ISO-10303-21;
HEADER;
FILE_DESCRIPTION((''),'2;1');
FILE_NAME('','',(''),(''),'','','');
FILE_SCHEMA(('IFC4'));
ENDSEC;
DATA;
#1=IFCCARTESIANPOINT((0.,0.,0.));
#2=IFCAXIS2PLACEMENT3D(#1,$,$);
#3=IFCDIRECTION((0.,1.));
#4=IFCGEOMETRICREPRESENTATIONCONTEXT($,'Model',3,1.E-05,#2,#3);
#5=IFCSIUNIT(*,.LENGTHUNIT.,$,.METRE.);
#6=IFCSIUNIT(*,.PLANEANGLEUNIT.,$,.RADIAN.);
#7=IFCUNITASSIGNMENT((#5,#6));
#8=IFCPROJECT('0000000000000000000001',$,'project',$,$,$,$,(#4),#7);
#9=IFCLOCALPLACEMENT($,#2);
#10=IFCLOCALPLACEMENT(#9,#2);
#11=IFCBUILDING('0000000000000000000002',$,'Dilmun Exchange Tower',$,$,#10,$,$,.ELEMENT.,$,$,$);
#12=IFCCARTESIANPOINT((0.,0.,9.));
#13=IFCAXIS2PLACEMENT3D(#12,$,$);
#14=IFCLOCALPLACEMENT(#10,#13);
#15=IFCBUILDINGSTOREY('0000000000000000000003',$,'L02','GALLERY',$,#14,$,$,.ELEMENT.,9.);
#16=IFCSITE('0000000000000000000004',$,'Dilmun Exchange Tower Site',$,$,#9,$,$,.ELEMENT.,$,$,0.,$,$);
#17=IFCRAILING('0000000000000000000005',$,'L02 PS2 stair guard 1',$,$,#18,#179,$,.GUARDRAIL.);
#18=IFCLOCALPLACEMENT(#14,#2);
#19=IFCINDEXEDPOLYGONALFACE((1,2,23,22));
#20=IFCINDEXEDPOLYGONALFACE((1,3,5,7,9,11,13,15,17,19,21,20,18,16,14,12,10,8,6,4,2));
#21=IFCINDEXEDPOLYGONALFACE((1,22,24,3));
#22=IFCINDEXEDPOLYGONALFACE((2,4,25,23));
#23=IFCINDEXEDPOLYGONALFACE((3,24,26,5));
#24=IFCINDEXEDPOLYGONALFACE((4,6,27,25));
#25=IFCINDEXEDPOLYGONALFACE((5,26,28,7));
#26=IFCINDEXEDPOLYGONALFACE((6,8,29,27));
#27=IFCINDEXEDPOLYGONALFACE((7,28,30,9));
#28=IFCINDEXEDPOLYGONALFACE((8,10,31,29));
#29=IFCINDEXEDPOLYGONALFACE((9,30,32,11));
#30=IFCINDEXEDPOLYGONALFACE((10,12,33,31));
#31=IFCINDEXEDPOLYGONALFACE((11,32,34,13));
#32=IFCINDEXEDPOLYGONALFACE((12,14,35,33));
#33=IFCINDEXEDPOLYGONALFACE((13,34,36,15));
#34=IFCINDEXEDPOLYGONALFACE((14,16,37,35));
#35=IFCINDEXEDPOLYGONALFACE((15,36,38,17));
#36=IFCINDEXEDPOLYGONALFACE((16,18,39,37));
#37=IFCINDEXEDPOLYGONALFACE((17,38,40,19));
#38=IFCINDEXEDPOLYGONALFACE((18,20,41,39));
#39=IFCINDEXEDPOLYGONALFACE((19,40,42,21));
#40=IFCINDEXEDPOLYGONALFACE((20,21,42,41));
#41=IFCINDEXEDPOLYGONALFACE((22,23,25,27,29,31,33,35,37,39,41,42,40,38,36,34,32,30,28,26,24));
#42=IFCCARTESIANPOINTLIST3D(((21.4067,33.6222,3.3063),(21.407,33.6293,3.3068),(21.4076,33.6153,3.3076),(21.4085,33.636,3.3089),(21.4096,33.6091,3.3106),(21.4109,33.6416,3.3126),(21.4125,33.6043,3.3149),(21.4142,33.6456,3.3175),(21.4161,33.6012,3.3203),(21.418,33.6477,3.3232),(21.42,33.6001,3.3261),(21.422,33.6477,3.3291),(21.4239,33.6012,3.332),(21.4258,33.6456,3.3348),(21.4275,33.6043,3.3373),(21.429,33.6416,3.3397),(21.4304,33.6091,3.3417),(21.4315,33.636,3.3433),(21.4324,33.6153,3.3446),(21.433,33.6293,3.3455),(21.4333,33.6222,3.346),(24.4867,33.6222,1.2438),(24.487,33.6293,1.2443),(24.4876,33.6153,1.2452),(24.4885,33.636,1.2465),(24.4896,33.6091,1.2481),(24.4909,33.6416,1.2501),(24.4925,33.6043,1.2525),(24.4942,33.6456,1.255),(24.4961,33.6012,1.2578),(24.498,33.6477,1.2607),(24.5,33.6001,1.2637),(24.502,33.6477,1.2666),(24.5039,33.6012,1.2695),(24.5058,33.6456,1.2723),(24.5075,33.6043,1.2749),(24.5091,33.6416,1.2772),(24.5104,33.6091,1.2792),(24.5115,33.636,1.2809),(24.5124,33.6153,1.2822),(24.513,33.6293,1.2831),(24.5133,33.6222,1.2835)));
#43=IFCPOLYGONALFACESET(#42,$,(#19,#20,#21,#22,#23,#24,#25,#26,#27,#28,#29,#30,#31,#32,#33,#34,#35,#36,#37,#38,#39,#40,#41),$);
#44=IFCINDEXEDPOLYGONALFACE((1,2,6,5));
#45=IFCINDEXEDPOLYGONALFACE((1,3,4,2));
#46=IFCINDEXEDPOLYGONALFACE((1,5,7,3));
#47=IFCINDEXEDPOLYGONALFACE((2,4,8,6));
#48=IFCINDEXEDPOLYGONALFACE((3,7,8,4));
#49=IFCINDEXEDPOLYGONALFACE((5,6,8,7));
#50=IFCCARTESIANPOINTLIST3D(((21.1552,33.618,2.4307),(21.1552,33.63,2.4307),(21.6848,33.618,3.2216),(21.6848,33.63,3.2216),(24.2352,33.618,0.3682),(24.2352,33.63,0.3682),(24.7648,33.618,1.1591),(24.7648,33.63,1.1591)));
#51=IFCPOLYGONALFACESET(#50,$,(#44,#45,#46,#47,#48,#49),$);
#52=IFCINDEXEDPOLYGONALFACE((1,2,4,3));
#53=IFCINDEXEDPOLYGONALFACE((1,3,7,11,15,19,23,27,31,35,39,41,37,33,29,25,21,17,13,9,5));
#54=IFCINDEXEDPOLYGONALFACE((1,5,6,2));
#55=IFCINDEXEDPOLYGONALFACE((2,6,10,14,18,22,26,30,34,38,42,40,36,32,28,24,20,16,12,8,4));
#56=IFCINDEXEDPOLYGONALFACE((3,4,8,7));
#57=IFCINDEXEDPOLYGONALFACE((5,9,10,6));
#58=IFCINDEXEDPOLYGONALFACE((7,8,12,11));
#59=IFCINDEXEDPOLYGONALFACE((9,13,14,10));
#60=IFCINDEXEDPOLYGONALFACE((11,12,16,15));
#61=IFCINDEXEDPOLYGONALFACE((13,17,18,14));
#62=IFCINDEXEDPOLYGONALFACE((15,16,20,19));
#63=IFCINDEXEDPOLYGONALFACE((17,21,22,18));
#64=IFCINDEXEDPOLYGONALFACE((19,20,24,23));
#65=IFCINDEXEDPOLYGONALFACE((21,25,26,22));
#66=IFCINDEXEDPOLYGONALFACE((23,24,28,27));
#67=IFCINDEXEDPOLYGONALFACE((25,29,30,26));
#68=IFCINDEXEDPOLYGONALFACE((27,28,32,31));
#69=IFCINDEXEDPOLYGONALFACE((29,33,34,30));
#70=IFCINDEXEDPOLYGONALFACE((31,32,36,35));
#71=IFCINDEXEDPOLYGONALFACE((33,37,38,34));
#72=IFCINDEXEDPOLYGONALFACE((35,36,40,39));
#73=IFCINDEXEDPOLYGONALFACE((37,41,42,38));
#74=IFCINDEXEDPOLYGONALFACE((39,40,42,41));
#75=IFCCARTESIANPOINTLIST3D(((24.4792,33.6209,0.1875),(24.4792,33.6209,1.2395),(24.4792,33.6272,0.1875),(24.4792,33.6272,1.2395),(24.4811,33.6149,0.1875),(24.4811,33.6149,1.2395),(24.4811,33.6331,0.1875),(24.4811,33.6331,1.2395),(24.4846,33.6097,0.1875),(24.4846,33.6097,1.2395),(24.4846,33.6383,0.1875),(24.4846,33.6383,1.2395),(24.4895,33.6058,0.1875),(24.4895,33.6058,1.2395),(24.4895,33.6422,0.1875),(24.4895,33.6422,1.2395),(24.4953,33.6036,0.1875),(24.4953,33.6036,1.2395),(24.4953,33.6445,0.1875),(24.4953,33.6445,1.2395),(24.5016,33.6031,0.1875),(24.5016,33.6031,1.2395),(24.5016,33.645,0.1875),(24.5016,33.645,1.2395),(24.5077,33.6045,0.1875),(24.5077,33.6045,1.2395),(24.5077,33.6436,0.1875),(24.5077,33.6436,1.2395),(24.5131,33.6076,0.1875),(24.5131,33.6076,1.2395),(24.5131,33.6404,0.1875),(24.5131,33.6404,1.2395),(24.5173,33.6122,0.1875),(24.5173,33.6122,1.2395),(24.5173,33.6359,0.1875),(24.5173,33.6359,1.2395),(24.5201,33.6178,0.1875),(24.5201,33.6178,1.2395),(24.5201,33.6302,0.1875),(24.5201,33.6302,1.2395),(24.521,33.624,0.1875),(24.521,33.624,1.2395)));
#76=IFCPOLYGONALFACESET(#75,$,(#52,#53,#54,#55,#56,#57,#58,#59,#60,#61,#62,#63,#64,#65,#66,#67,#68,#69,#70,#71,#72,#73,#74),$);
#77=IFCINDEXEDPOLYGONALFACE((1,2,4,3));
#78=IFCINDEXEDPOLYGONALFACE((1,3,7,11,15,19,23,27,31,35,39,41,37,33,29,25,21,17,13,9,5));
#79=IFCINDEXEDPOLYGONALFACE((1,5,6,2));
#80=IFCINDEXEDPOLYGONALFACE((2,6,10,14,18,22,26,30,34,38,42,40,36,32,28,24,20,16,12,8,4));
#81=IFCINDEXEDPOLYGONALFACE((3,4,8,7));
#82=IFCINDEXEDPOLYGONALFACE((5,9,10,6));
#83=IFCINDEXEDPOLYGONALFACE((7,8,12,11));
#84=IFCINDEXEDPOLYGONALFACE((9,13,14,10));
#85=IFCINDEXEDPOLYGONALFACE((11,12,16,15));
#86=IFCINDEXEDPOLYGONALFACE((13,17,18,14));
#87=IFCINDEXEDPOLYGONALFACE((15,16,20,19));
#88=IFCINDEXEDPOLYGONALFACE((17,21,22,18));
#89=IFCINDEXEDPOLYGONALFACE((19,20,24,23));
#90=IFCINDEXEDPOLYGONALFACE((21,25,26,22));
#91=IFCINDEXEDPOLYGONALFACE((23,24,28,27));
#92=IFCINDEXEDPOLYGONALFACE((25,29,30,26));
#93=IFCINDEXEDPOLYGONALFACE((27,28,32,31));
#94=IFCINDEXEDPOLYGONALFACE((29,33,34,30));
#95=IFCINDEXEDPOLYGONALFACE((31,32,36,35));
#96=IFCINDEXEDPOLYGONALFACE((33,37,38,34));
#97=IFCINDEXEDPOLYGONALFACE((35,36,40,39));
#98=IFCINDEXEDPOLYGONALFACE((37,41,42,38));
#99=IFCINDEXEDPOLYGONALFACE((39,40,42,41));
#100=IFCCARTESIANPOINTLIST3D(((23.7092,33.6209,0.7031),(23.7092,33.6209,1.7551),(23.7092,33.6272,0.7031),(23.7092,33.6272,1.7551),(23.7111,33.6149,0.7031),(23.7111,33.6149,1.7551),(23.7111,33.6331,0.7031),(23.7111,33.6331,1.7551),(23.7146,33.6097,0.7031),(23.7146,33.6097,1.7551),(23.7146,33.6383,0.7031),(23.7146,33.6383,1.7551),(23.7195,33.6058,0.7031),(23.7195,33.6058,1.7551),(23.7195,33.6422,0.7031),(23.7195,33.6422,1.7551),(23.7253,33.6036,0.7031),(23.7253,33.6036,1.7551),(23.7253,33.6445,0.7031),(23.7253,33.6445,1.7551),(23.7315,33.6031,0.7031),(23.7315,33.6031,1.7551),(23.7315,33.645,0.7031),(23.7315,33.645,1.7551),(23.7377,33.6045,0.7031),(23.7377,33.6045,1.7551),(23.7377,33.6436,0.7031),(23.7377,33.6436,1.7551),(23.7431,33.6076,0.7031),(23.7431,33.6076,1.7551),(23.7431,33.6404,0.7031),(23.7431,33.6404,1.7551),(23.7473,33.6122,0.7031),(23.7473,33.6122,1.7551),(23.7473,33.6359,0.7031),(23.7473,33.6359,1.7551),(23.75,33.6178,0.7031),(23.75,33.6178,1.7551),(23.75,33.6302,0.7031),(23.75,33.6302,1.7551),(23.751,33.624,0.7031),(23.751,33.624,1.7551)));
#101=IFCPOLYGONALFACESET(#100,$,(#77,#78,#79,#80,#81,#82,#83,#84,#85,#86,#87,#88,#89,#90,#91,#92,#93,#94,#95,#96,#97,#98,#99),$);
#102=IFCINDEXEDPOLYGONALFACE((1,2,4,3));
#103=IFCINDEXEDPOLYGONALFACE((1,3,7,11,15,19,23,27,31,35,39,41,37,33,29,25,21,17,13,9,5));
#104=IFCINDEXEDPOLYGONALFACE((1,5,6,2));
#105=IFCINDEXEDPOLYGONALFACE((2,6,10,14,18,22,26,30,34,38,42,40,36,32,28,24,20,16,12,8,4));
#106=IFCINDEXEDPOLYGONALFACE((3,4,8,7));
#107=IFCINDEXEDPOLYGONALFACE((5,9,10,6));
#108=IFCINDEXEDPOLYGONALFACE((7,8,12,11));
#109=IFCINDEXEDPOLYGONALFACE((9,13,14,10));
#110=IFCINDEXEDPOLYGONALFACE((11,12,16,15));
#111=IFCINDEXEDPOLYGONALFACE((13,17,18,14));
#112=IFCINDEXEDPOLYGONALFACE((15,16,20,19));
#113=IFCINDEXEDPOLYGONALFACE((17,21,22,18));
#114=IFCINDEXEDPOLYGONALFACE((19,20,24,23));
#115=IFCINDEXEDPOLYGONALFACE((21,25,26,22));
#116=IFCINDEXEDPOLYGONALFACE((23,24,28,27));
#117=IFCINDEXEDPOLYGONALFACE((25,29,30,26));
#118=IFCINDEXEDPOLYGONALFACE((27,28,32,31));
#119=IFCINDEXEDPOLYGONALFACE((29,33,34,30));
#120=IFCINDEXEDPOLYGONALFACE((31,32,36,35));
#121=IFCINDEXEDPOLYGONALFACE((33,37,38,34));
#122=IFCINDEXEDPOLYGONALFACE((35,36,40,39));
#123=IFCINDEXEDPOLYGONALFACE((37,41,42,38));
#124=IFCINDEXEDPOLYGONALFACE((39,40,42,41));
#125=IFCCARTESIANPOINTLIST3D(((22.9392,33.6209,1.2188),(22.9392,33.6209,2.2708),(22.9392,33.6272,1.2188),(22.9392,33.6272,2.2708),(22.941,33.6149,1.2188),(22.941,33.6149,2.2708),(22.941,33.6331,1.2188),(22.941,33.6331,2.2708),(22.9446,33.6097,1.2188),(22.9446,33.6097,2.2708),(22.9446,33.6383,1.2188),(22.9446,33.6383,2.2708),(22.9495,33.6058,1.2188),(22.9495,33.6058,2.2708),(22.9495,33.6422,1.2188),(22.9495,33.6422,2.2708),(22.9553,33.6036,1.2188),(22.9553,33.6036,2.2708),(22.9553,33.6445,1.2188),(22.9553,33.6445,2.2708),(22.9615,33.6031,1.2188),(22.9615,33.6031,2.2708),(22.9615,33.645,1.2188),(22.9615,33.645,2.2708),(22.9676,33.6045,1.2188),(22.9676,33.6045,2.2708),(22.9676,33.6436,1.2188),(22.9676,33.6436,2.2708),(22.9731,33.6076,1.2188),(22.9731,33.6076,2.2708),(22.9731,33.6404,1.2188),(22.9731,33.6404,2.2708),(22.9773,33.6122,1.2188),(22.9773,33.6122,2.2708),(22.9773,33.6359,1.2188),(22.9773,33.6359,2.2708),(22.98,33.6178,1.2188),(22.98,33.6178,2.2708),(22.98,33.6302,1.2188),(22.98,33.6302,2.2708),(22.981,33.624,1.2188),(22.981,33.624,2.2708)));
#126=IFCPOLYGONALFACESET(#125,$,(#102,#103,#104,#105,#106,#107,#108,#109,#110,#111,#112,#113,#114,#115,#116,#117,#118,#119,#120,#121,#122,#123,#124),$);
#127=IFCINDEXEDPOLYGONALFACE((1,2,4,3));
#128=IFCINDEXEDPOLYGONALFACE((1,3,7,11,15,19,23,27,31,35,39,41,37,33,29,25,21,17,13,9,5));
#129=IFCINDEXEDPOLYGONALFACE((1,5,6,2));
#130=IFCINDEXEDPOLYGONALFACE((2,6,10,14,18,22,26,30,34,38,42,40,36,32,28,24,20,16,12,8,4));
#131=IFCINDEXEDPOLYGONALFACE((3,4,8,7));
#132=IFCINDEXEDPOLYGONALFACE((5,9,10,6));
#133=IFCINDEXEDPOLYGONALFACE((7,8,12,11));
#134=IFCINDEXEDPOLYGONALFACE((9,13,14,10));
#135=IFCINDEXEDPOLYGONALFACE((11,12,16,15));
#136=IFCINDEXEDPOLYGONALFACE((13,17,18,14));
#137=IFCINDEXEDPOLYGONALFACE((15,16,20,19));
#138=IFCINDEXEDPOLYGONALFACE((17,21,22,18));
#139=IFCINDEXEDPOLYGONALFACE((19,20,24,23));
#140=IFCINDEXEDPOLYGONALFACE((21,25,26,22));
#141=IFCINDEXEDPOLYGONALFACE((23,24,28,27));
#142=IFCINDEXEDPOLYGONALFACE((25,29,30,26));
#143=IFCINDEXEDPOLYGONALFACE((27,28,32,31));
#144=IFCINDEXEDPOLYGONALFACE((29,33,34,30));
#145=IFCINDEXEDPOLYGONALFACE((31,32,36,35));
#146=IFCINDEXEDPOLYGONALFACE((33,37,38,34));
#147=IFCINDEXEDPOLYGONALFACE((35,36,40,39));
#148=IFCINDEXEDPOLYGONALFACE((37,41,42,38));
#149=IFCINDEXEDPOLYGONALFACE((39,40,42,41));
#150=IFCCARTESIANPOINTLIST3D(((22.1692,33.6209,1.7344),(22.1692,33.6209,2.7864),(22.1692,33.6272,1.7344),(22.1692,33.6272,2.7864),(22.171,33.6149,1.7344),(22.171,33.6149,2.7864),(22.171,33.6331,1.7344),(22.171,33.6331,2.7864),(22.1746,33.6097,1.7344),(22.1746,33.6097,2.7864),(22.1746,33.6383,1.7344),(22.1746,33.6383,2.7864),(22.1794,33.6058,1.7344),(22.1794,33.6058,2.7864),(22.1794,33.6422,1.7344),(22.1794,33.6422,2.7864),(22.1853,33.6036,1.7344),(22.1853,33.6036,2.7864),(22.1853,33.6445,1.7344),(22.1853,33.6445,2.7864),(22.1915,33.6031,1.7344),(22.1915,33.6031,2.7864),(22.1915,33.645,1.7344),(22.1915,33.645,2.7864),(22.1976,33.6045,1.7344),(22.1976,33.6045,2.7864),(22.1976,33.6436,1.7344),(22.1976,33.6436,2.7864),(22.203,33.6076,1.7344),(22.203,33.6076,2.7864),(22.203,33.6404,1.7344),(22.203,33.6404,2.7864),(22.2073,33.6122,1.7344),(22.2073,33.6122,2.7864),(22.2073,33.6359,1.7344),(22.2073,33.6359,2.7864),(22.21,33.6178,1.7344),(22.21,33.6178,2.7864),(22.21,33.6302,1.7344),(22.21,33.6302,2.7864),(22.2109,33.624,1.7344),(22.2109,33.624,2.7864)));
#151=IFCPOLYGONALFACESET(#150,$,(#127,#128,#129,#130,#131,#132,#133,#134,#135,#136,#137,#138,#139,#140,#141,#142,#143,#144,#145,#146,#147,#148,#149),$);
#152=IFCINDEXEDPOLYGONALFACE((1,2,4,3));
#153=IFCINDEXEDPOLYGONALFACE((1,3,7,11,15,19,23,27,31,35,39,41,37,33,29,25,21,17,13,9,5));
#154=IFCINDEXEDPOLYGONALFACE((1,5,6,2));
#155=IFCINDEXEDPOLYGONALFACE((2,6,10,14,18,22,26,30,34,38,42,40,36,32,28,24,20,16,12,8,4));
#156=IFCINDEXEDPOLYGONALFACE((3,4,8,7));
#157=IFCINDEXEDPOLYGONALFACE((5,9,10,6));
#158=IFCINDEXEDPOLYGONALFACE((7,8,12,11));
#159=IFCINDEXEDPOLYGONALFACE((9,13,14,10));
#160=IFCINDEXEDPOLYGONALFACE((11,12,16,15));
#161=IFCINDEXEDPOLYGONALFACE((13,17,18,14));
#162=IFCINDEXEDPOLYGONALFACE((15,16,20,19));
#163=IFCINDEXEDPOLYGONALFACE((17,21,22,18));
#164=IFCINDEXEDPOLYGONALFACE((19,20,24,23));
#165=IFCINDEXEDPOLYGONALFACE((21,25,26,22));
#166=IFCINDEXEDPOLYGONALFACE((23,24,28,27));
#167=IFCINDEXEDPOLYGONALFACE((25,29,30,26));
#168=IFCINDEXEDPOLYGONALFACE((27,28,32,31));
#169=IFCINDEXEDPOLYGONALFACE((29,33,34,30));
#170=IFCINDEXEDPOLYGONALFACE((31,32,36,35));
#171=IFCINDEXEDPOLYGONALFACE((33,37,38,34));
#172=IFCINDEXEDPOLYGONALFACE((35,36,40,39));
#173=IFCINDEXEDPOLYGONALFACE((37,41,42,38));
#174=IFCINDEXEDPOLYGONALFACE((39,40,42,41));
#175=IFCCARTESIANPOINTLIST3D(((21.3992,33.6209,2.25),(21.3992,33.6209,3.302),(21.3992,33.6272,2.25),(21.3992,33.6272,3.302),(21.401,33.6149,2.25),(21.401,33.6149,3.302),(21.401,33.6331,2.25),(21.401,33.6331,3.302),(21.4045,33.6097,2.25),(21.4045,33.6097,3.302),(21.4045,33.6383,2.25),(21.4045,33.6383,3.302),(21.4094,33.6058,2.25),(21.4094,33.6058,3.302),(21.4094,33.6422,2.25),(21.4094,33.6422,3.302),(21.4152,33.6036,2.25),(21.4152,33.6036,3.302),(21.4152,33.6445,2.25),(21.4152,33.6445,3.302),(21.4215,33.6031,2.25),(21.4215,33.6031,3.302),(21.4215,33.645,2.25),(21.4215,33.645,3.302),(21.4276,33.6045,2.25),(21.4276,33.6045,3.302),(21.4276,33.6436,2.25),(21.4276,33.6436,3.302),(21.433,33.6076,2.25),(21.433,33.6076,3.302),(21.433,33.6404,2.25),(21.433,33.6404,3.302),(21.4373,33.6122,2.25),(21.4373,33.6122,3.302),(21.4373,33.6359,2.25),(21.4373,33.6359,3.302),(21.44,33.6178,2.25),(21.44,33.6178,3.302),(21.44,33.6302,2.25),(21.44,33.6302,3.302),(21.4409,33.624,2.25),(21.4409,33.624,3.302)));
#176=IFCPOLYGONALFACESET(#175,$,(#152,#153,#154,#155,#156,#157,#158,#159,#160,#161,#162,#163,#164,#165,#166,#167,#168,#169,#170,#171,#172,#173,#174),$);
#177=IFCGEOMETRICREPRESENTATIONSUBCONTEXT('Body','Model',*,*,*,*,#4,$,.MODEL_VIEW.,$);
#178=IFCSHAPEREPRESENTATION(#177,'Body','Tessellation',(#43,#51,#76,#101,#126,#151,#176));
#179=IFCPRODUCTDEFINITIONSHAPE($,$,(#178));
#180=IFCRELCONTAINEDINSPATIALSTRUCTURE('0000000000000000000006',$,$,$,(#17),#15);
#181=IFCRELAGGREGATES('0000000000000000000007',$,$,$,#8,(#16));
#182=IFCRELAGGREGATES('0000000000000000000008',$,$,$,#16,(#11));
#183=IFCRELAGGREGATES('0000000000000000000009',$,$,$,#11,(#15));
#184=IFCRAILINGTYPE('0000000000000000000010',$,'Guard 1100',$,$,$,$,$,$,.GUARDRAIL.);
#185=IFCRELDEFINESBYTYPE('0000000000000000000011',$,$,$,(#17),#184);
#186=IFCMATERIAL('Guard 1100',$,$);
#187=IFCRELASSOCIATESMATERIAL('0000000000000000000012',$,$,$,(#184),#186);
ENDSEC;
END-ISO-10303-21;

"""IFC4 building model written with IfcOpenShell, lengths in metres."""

from ifc_helpers import new_model, si_unit, direction, frame, origin, origin_2d, place, context, subcontext, project, spatial, rectangle, circle, extrude, material, type_object, element, save


model = new_model("IFC4")

# Units and contexts
model_context = context("Model", 3, precision=1e-05, world=origin(), true_north=direction((0.0, 1.0)))
body_context = subcontext(model_context, "Body", "Model", "MODEL_VIEW")
ifc_project = project(units=[si_unit("LENGTHUNIT", "METRE"), si_unit("PLANEANGLEUNIT", "RADIAN")], contexts=[model_context])

# Site, building, storey
site_placement = place(None, origin())
site = spatial("IfcSite", under=ifc_project, at=site_placement, Name="Dilmun Exchange Tower Site", CompositionType="ELEMENT", RefElevation=0.0)
building_placement = place(site_placement, origin())
building = spatial("IfcBuilding", under=site, at=building_placement, Name="Dilmun Exchange Tower", CompositionType="ELEMENT")
storey_placement = place(building_placement, frame((0.0, 0.0, 9.0)))
storey = spatial("IfcBuildingStorey", under=building, at=storey_placement, Name="L02", Description="GALLERY", CompositionType="ELEMENT", Elevation=9.0)

# Railing
ifc_material_1 = material(Name="Guard 1100")
railing_type_1 = type_object("IfcRailingType", Name="Guard 1100", PredefinedType="GUARDRAIL", material=ifc_material_1)
railing_1_placement = place(storey_placement, frame((24.5, 33.624, 0.1875)))
element("IfcRailing", 1, at=railing_1_placement, inside=storey, type_object=railing_type_1, Name="L02 PS2 stair guard 1", PredefinedType="GUARDRAIL", context=body_context, shape_type="SweptSolid", body=[
    extrude(circle(Radius=0.0239, at=origin_2d()), frame((0.0, 0.0, 1.0762), z_axis=(-0.830914, 0.0, 0.556401), x_axis=(0.0, -1.0, 0.0)), (0.0, 0.0, 1.0), 3.7068),
    extrude(rectangle(XDim=0.012, YDim=0.9519, at=origin_2d()), frame((0.0, 0.0, 0.5762), z_axis=(-0.830914, 0.0, 0.556401), x_axis=(0.0, -1.0, 0.0)), (0.0, 0.0, 1.0), 3.7068),
    extrude(circle(Radius=0.021, at=origin_2d()), origin(), (0.0, 0.0, 1.0), 1.052),
    extrude(circle(Radius=0.021, at=origin_2d()), frame((-0.77, 0.0, 0.5156)), (0.0, 0.0, 1.0), 1.052),
    extrude(circle(Radius=0.021, at=origin_2d()), frame((-1.54, 0.0, 1.0312)), (0.0, 0.0, 1.0), 1.052),
    extrude(circle(Radius=0.021, at=origin_2d()), frame((-2.3101, 0.0, 1.5469)), (0.0, 0.0, 1.0), 1.052),
    extrude(circle(Radius=0.021, at=origin_2d()), frame((-3.0801, 0.0, 2.0625)), (0.0, 0.0, 1.0), 1.052),
])

save(model, "model.ifc")
